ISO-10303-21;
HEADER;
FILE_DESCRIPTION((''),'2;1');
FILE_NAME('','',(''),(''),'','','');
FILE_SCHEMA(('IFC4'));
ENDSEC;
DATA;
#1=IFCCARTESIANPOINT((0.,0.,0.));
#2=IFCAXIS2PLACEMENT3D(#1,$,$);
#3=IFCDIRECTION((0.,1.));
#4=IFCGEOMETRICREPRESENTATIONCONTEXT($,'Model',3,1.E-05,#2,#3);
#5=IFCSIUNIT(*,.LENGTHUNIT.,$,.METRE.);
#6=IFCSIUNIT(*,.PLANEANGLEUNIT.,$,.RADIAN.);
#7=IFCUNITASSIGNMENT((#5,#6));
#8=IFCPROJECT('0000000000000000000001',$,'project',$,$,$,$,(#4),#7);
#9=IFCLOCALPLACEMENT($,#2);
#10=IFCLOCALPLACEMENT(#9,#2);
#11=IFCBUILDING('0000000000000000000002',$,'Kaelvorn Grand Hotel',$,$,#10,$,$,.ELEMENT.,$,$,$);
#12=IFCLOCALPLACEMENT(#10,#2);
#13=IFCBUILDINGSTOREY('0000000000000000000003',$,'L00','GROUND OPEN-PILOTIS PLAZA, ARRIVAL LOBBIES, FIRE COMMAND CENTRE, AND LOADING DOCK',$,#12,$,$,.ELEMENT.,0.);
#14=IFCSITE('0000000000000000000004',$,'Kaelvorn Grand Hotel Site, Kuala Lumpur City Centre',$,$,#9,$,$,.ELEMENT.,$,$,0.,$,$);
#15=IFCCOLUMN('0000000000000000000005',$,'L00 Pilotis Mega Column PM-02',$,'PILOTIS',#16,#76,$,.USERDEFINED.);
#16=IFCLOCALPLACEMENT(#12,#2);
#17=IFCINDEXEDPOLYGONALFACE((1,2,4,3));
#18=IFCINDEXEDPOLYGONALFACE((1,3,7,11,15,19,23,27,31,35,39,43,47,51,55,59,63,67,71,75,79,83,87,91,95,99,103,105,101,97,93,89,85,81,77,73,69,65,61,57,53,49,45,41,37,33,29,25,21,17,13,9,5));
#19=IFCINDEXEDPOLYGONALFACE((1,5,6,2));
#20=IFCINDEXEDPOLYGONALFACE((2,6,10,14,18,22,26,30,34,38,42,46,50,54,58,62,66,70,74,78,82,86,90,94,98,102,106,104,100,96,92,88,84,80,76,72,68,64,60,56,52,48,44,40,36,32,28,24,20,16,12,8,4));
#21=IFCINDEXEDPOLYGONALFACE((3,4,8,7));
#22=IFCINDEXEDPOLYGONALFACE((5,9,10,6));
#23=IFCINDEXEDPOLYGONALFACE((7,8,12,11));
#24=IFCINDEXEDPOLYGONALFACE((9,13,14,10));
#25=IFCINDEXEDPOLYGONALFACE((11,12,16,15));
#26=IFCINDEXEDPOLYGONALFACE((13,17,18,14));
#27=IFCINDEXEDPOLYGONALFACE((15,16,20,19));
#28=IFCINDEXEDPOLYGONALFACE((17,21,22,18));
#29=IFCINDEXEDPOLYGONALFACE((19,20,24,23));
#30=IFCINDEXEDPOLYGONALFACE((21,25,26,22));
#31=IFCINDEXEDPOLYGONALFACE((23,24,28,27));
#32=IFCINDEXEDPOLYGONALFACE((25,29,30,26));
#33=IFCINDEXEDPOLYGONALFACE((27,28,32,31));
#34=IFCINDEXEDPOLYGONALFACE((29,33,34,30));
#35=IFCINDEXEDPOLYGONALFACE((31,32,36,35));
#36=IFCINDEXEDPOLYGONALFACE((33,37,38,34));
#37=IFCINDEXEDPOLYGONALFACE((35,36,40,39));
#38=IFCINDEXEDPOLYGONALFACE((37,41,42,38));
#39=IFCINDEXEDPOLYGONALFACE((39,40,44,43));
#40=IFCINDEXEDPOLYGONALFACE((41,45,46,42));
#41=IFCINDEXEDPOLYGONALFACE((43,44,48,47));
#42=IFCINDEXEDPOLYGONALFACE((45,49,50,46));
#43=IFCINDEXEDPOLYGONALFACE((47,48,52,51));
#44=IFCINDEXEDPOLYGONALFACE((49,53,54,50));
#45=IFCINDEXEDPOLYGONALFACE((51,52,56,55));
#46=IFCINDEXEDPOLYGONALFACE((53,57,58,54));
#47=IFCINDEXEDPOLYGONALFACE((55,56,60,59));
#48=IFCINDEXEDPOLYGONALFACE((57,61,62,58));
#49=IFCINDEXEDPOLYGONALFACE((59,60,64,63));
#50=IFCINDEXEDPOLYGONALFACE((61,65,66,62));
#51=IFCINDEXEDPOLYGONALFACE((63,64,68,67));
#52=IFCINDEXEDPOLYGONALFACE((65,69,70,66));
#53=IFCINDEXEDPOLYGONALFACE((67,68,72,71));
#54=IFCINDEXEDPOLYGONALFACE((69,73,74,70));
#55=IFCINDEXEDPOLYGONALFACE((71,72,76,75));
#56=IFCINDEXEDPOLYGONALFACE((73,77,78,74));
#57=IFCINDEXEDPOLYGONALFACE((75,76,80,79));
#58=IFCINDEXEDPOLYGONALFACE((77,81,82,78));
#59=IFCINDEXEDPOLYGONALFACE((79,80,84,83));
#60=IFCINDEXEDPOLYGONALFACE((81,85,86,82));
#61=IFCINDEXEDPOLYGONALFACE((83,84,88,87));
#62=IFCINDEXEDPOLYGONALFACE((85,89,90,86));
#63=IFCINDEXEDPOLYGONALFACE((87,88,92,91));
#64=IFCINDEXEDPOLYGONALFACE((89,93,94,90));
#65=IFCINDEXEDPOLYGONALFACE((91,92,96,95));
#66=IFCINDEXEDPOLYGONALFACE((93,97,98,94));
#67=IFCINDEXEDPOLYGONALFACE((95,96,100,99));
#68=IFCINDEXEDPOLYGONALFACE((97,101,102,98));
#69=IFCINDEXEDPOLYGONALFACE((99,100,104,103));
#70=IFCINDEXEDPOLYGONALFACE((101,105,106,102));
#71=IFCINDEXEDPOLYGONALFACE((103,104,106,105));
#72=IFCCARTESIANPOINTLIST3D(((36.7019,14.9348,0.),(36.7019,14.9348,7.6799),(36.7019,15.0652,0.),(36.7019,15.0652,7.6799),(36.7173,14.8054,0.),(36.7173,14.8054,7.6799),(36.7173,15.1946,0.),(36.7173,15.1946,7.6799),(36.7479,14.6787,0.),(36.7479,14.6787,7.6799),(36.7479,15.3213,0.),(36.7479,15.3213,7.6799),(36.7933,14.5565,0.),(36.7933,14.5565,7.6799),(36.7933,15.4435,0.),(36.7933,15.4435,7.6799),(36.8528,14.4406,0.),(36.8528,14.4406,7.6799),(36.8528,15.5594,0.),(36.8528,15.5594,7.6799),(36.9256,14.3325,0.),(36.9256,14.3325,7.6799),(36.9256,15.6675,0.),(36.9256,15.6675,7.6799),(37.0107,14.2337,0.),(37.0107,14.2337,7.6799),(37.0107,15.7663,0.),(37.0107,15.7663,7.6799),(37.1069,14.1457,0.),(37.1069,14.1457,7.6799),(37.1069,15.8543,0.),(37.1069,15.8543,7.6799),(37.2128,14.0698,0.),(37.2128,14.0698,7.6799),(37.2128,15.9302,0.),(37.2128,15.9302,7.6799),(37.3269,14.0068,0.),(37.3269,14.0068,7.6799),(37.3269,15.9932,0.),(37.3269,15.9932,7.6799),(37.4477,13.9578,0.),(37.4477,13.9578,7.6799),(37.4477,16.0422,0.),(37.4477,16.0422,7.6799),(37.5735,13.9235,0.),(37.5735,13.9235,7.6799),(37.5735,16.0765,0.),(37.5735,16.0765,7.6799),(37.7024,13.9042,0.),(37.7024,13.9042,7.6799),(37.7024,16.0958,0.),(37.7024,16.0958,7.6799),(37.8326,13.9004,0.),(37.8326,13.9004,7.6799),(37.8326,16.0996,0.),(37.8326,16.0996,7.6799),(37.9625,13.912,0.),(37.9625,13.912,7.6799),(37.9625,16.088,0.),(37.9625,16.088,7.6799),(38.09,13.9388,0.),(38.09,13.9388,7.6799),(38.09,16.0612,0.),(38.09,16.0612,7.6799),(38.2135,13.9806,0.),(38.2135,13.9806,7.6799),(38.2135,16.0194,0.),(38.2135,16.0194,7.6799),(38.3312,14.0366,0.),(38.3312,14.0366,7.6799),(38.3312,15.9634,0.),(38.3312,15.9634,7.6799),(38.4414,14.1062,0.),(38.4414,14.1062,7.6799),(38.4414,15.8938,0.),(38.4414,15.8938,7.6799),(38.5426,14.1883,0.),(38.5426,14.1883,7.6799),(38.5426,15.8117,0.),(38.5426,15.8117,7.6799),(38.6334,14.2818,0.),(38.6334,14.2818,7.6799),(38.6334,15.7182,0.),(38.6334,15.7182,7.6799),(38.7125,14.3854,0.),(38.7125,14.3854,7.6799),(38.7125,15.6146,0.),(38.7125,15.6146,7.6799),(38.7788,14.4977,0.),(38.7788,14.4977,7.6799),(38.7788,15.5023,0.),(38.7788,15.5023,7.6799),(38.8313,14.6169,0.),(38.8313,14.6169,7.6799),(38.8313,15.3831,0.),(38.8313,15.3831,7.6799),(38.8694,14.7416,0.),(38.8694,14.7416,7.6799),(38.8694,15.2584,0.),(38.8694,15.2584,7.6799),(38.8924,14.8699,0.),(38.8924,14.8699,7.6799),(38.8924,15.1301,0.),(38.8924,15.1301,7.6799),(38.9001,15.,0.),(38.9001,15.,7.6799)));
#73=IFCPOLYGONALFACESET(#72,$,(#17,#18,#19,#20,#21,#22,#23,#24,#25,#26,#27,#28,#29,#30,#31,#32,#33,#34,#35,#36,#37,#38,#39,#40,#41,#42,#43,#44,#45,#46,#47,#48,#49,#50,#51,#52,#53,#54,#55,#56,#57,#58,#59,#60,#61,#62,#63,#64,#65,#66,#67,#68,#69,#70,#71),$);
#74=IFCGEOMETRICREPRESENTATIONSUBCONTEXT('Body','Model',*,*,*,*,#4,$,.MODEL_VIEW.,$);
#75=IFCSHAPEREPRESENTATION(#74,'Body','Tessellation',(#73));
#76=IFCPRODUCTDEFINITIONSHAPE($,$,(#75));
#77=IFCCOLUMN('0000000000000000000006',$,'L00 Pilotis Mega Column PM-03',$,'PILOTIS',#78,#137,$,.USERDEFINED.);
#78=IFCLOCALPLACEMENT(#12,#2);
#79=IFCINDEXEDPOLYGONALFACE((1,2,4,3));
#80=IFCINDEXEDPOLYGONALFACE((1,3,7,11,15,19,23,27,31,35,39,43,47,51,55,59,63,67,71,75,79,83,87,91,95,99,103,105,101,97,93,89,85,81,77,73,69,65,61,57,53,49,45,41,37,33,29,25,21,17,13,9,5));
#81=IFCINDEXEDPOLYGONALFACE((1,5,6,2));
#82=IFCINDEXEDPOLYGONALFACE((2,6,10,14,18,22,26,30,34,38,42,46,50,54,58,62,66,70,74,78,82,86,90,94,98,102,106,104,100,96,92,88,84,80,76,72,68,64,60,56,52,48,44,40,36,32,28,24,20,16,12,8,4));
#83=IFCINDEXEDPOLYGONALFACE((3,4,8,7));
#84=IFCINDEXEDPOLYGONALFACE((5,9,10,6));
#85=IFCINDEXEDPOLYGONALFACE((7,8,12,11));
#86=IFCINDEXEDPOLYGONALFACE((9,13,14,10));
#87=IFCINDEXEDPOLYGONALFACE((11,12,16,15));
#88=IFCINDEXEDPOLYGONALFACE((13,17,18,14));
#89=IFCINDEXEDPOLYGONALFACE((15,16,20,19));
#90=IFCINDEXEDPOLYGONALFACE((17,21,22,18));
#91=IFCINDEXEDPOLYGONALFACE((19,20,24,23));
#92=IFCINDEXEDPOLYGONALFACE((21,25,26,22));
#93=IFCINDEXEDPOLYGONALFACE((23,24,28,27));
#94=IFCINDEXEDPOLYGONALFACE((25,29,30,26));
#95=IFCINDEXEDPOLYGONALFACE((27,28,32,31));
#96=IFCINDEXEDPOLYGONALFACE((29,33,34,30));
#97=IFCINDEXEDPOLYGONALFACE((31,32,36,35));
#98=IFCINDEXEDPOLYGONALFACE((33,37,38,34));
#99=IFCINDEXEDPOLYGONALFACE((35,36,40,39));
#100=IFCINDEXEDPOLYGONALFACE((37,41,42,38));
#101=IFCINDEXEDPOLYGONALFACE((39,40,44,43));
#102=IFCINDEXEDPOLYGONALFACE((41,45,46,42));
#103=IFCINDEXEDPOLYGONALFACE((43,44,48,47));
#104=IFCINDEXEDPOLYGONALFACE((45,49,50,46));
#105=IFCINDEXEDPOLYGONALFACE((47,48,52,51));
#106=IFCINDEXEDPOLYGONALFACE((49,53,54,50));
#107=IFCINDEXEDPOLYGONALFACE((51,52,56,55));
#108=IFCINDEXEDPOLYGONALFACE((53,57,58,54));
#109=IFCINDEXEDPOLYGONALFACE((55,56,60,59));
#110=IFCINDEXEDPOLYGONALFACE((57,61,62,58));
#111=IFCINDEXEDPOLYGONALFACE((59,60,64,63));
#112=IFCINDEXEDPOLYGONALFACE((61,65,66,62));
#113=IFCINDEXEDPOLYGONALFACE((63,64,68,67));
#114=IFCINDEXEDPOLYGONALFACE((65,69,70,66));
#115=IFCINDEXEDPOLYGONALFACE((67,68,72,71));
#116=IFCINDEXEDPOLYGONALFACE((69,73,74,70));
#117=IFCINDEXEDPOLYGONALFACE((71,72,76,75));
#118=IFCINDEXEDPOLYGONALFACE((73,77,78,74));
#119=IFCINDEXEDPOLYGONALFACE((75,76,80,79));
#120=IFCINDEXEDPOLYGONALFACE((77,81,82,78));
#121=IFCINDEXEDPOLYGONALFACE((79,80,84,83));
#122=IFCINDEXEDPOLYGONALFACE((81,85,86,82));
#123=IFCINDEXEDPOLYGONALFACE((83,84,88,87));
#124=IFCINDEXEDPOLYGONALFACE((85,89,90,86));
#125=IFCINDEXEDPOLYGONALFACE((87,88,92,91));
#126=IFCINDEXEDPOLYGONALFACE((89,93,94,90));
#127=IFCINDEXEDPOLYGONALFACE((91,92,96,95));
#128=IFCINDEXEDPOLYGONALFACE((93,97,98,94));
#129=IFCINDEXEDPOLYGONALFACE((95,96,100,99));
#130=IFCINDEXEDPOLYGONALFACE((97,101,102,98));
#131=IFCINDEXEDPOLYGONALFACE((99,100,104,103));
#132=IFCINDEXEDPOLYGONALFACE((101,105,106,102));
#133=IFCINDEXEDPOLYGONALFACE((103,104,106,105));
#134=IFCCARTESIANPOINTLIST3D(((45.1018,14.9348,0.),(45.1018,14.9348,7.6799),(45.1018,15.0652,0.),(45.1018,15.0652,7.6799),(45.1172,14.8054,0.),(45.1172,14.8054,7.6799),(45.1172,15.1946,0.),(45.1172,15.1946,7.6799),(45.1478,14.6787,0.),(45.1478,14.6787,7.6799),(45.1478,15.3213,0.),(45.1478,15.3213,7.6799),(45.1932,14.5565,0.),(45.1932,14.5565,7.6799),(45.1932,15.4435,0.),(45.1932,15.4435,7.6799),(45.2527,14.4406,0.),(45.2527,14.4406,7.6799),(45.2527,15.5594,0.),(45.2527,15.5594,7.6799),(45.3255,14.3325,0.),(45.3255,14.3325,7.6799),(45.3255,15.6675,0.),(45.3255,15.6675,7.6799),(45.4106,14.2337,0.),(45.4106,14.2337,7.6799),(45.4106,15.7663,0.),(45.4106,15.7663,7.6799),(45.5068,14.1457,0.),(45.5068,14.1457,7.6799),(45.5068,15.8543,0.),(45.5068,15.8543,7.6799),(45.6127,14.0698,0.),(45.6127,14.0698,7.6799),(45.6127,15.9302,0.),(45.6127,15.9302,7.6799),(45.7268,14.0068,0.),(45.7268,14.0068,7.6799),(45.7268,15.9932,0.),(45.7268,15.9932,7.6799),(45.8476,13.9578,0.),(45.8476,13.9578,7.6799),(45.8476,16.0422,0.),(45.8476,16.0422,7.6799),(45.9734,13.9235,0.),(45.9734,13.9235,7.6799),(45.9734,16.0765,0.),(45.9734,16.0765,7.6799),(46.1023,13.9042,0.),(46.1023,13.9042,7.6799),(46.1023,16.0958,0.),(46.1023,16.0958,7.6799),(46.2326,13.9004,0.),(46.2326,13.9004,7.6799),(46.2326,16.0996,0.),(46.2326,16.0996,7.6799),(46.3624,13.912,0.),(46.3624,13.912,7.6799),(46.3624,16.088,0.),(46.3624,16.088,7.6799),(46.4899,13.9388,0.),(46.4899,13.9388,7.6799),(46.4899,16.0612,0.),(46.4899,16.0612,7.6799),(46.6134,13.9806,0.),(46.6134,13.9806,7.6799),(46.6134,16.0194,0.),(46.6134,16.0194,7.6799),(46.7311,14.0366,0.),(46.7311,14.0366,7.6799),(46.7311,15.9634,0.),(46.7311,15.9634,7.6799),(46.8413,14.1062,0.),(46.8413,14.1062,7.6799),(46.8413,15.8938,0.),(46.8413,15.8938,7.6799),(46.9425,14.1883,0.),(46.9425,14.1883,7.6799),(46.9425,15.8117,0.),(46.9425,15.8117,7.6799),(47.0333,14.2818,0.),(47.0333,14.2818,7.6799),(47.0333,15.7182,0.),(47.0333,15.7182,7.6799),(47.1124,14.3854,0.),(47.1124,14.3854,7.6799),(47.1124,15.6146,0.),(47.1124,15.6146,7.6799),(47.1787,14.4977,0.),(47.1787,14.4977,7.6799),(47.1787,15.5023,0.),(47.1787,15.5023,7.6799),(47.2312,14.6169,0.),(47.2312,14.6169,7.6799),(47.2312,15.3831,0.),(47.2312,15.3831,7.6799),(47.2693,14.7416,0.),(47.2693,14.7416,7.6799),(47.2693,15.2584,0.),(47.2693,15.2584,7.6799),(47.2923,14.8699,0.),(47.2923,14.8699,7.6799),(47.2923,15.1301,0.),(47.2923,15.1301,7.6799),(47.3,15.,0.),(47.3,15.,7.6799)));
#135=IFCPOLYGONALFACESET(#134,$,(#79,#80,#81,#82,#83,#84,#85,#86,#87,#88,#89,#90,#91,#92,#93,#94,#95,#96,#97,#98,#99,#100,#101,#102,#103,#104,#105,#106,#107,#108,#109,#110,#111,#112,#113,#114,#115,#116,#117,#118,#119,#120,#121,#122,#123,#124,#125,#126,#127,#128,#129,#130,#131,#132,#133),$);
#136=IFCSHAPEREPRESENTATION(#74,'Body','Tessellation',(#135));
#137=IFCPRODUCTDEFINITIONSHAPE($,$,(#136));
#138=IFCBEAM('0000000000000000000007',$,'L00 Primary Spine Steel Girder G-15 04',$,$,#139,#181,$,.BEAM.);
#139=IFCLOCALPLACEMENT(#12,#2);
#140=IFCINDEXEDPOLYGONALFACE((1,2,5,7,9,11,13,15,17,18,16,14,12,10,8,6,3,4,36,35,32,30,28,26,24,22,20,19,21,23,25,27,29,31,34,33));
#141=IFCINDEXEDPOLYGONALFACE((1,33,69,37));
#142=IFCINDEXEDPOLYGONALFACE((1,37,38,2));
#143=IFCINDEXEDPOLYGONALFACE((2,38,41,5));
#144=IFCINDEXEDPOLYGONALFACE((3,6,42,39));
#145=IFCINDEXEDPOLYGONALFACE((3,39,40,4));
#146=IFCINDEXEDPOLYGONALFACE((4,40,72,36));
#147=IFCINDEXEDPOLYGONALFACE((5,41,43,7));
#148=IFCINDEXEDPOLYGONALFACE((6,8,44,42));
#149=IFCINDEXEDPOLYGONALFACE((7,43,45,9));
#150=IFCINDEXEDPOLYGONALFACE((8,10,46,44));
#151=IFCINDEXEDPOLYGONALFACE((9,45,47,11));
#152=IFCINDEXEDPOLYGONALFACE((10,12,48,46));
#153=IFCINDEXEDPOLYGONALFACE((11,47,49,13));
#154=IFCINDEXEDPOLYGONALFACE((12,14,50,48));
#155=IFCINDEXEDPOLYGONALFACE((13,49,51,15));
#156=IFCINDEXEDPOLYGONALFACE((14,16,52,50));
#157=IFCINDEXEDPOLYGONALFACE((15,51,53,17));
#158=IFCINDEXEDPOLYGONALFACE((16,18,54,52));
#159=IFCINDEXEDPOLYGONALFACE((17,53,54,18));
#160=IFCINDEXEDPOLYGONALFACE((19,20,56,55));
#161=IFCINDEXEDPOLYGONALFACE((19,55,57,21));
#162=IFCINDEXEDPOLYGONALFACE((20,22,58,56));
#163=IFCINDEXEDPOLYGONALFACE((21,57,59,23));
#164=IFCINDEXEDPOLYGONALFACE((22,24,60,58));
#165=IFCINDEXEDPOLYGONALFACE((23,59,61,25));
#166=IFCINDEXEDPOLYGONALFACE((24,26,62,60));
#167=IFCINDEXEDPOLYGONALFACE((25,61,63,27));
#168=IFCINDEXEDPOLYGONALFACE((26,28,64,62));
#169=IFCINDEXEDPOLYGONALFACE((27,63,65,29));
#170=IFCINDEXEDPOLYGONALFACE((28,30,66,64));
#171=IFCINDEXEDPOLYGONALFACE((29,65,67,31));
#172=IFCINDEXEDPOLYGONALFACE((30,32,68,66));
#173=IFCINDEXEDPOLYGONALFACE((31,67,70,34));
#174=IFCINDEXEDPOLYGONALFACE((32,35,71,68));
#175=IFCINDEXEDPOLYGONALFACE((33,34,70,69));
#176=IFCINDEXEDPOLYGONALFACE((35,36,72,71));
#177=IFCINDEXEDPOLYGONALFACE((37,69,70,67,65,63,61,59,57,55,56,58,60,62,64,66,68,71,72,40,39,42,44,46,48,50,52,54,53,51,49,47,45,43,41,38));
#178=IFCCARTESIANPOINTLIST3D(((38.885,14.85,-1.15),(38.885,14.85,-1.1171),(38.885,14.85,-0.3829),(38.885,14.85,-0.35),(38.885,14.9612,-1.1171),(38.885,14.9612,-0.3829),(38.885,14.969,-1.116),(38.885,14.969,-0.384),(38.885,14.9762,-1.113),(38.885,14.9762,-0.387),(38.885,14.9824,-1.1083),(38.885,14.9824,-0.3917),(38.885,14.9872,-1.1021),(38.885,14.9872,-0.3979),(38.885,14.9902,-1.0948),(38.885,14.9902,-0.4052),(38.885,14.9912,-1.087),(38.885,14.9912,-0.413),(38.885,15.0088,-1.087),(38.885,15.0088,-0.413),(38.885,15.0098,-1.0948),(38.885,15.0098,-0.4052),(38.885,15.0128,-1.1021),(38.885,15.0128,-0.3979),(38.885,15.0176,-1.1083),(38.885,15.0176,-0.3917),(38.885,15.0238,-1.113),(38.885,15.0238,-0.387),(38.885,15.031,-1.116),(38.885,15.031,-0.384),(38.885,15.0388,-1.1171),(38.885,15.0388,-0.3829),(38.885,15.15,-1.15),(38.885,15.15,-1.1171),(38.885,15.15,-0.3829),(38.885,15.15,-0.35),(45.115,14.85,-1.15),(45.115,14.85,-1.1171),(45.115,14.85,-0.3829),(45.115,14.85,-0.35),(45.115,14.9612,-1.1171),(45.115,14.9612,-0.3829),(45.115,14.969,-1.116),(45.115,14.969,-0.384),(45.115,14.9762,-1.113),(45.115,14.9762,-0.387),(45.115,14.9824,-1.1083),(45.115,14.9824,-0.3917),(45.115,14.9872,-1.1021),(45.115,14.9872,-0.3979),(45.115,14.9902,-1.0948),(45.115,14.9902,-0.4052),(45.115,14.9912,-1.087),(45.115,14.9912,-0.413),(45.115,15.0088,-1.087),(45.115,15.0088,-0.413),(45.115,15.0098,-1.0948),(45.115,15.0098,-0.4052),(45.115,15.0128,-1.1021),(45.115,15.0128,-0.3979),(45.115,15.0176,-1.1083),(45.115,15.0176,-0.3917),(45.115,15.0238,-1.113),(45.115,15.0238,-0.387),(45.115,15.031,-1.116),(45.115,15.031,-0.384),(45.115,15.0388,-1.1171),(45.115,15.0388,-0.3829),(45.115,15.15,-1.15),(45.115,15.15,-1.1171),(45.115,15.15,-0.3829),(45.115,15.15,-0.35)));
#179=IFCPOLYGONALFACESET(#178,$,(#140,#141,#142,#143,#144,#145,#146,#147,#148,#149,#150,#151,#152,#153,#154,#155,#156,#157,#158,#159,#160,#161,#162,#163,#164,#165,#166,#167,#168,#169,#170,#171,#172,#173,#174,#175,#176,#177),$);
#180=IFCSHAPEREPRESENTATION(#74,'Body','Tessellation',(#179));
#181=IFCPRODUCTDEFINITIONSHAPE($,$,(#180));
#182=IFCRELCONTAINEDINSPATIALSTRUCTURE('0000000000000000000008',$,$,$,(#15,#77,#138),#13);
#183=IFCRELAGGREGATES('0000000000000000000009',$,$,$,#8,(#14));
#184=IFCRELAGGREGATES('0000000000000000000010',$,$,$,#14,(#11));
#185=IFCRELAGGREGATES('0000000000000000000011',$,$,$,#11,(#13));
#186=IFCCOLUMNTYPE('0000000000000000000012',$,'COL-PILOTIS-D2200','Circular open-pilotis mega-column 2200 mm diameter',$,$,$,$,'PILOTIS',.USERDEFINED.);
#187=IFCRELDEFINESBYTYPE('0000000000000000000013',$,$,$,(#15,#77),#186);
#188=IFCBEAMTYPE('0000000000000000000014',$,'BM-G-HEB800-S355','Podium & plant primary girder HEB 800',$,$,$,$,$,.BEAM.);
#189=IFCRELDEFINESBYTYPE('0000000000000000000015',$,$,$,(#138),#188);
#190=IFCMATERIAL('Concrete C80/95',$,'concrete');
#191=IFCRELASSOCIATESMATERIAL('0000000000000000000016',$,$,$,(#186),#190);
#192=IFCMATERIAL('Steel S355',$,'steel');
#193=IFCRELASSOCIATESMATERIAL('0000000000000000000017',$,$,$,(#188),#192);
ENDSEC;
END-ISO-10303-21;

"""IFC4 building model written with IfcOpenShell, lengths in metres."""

from ifc_helpers import new_model, si_unit, direction, frame, origin, origin_2d, place, context, subcontext, project, spatial, circle, i_section, extrude, material, material_profile, profile_set, type_object, element, save


model = new_model("IFC4")

# Units and contexts
model_context = context("Model", 3, precision=1e-05, world=origin(), true_north=direction((0.0, 1.0)))
body_context = subcontext(model_context, "Body", "Model", "MODEL_VIEW")
ifc_project = project(units=[si_unit("LENGTHUNIT", "METRE"), si_unit("PLANEANGLEUNIT", "RADIAN")], contexts=[model_context])

# Site, building, storey
site_placement = place(None, origin())
site = spatial("IfcSite", under=ifc_project, at=site_placement, Name="Kaelvorn Grand Hotel Site, Kuala Lumpur City Centre", CompositionType="ELEMENT", RefElevation=0.0)
building_placement = place(site_placement, origin())
building = spatial("IfcBuilding", under=site, at=building_placement, Name="Kaelvorn Grand Hotel", CompositionType="ELEMENT")
storey_placement = place(building_placement, origin())
storey = spatial("IfcBuildingStorey", under=building, at=storey_placement, Name="L00", Description="GROUND OPEN-PILOTIS PLAZA, ARRIVAL LOBBIES, FIRE COMMAND CENTRE, AND LOADING DOCK", CompositionType="ELEMENT", Elevation=0.0)

# Columns
ifc_material_1 = material(Name="Concrete C80/95", Category="concrete")
ifc_material_profile_1 = material_profile(ifc_material_1, circle(Radius=1.1001, at=origin_2d()), Name="PILOTIS D2200")
ifc_profile_set_1 = profile_set([ifc_material_profile_1], Name="Concrete C80/95")
column_type_1 = type_object("IfcColumnType", Name="COL-PILOTIS-D2200", Description="Circular open-pilotis mega-column 2200 mm diameter", ElementType="PILOTIS", PredefinedType="USERDEFINED", material=ifc_profile_set_1)
for number, where, z_axis, x_axis, name in (
    (1, (37.8, 15.0, 0.0), (0.0, 0.0, 1.0), (1.0, 0.0, 0.0), "L00 Pilotis Mega Column PM-02"),
    (2, (46.2, 15.0, 0.0), (0.0, 0.0, 1.0), (1.0, 0.0, 0.0), "L00 Pilotis Mega Column PM-03"),
):
    element("IfcColumn", number, at=place(storey_placement, frame(where, z_axis=z_axis, x_axis=x_axis)), inside=storey, type_object=column_type_1, Name=name, ObjectType="PILOTIS", PredefinedType="USERDEFINED", context=body_context, shape_type="SweptSolid", body=[
        extrude(circle(Radius=1.1001, at=origin_2d()), origin(), (0.0, 0.0, 1.0), 7.6799),
    ])

# Beam
ifc_material_2 = material(Name="Steel S355", Category="steel")
ifc_material_profile_2 = material_profile(ifc_material_2, i_section(OverallWidth=0.3, OverallDepth=0.8, WebThickness=0.0176, FlangeThickness=0.033, FilletRadius=0.03, at=origin_2d()), Name="HEB 800")
ifc_profile_set_2 = profile_set([ifc_material_profile_2], Name="Steel S355")
beam_type_1 = type_object("IfcBeamType", Name="BM-G-HEB800-S355", Description="Podium & plant primary girder HEB 800", PredefinedType="BEAM", material=ifc_profile_set_2)
beam_1_placement = place(storey_placement, frame((38.885, 15.0, -0.75), z_axis=(1.0, 0.0, 0.0), x_axis=(0.0, 1.0, 0.0)))
element("IfcBeam", 3, at=beam_1_placement, inside=storey, type_object=beam_type_1, Name="L00 Primary Spine Steel Girder G-15 04", PredefinedType="BEAM", context=body_context, shape_type="SweptSolid", body=[
    extrude(i_section(OverallWidth=0.3, OverallDepth=0.8, WebThickness=0.0176, FlangeThickness=0.033, FilletRadius=0.03, at=origin_2d()), origin(), (0.0, 0.0, 1.0), 6.23),
])

save(model, "model.ifc")
